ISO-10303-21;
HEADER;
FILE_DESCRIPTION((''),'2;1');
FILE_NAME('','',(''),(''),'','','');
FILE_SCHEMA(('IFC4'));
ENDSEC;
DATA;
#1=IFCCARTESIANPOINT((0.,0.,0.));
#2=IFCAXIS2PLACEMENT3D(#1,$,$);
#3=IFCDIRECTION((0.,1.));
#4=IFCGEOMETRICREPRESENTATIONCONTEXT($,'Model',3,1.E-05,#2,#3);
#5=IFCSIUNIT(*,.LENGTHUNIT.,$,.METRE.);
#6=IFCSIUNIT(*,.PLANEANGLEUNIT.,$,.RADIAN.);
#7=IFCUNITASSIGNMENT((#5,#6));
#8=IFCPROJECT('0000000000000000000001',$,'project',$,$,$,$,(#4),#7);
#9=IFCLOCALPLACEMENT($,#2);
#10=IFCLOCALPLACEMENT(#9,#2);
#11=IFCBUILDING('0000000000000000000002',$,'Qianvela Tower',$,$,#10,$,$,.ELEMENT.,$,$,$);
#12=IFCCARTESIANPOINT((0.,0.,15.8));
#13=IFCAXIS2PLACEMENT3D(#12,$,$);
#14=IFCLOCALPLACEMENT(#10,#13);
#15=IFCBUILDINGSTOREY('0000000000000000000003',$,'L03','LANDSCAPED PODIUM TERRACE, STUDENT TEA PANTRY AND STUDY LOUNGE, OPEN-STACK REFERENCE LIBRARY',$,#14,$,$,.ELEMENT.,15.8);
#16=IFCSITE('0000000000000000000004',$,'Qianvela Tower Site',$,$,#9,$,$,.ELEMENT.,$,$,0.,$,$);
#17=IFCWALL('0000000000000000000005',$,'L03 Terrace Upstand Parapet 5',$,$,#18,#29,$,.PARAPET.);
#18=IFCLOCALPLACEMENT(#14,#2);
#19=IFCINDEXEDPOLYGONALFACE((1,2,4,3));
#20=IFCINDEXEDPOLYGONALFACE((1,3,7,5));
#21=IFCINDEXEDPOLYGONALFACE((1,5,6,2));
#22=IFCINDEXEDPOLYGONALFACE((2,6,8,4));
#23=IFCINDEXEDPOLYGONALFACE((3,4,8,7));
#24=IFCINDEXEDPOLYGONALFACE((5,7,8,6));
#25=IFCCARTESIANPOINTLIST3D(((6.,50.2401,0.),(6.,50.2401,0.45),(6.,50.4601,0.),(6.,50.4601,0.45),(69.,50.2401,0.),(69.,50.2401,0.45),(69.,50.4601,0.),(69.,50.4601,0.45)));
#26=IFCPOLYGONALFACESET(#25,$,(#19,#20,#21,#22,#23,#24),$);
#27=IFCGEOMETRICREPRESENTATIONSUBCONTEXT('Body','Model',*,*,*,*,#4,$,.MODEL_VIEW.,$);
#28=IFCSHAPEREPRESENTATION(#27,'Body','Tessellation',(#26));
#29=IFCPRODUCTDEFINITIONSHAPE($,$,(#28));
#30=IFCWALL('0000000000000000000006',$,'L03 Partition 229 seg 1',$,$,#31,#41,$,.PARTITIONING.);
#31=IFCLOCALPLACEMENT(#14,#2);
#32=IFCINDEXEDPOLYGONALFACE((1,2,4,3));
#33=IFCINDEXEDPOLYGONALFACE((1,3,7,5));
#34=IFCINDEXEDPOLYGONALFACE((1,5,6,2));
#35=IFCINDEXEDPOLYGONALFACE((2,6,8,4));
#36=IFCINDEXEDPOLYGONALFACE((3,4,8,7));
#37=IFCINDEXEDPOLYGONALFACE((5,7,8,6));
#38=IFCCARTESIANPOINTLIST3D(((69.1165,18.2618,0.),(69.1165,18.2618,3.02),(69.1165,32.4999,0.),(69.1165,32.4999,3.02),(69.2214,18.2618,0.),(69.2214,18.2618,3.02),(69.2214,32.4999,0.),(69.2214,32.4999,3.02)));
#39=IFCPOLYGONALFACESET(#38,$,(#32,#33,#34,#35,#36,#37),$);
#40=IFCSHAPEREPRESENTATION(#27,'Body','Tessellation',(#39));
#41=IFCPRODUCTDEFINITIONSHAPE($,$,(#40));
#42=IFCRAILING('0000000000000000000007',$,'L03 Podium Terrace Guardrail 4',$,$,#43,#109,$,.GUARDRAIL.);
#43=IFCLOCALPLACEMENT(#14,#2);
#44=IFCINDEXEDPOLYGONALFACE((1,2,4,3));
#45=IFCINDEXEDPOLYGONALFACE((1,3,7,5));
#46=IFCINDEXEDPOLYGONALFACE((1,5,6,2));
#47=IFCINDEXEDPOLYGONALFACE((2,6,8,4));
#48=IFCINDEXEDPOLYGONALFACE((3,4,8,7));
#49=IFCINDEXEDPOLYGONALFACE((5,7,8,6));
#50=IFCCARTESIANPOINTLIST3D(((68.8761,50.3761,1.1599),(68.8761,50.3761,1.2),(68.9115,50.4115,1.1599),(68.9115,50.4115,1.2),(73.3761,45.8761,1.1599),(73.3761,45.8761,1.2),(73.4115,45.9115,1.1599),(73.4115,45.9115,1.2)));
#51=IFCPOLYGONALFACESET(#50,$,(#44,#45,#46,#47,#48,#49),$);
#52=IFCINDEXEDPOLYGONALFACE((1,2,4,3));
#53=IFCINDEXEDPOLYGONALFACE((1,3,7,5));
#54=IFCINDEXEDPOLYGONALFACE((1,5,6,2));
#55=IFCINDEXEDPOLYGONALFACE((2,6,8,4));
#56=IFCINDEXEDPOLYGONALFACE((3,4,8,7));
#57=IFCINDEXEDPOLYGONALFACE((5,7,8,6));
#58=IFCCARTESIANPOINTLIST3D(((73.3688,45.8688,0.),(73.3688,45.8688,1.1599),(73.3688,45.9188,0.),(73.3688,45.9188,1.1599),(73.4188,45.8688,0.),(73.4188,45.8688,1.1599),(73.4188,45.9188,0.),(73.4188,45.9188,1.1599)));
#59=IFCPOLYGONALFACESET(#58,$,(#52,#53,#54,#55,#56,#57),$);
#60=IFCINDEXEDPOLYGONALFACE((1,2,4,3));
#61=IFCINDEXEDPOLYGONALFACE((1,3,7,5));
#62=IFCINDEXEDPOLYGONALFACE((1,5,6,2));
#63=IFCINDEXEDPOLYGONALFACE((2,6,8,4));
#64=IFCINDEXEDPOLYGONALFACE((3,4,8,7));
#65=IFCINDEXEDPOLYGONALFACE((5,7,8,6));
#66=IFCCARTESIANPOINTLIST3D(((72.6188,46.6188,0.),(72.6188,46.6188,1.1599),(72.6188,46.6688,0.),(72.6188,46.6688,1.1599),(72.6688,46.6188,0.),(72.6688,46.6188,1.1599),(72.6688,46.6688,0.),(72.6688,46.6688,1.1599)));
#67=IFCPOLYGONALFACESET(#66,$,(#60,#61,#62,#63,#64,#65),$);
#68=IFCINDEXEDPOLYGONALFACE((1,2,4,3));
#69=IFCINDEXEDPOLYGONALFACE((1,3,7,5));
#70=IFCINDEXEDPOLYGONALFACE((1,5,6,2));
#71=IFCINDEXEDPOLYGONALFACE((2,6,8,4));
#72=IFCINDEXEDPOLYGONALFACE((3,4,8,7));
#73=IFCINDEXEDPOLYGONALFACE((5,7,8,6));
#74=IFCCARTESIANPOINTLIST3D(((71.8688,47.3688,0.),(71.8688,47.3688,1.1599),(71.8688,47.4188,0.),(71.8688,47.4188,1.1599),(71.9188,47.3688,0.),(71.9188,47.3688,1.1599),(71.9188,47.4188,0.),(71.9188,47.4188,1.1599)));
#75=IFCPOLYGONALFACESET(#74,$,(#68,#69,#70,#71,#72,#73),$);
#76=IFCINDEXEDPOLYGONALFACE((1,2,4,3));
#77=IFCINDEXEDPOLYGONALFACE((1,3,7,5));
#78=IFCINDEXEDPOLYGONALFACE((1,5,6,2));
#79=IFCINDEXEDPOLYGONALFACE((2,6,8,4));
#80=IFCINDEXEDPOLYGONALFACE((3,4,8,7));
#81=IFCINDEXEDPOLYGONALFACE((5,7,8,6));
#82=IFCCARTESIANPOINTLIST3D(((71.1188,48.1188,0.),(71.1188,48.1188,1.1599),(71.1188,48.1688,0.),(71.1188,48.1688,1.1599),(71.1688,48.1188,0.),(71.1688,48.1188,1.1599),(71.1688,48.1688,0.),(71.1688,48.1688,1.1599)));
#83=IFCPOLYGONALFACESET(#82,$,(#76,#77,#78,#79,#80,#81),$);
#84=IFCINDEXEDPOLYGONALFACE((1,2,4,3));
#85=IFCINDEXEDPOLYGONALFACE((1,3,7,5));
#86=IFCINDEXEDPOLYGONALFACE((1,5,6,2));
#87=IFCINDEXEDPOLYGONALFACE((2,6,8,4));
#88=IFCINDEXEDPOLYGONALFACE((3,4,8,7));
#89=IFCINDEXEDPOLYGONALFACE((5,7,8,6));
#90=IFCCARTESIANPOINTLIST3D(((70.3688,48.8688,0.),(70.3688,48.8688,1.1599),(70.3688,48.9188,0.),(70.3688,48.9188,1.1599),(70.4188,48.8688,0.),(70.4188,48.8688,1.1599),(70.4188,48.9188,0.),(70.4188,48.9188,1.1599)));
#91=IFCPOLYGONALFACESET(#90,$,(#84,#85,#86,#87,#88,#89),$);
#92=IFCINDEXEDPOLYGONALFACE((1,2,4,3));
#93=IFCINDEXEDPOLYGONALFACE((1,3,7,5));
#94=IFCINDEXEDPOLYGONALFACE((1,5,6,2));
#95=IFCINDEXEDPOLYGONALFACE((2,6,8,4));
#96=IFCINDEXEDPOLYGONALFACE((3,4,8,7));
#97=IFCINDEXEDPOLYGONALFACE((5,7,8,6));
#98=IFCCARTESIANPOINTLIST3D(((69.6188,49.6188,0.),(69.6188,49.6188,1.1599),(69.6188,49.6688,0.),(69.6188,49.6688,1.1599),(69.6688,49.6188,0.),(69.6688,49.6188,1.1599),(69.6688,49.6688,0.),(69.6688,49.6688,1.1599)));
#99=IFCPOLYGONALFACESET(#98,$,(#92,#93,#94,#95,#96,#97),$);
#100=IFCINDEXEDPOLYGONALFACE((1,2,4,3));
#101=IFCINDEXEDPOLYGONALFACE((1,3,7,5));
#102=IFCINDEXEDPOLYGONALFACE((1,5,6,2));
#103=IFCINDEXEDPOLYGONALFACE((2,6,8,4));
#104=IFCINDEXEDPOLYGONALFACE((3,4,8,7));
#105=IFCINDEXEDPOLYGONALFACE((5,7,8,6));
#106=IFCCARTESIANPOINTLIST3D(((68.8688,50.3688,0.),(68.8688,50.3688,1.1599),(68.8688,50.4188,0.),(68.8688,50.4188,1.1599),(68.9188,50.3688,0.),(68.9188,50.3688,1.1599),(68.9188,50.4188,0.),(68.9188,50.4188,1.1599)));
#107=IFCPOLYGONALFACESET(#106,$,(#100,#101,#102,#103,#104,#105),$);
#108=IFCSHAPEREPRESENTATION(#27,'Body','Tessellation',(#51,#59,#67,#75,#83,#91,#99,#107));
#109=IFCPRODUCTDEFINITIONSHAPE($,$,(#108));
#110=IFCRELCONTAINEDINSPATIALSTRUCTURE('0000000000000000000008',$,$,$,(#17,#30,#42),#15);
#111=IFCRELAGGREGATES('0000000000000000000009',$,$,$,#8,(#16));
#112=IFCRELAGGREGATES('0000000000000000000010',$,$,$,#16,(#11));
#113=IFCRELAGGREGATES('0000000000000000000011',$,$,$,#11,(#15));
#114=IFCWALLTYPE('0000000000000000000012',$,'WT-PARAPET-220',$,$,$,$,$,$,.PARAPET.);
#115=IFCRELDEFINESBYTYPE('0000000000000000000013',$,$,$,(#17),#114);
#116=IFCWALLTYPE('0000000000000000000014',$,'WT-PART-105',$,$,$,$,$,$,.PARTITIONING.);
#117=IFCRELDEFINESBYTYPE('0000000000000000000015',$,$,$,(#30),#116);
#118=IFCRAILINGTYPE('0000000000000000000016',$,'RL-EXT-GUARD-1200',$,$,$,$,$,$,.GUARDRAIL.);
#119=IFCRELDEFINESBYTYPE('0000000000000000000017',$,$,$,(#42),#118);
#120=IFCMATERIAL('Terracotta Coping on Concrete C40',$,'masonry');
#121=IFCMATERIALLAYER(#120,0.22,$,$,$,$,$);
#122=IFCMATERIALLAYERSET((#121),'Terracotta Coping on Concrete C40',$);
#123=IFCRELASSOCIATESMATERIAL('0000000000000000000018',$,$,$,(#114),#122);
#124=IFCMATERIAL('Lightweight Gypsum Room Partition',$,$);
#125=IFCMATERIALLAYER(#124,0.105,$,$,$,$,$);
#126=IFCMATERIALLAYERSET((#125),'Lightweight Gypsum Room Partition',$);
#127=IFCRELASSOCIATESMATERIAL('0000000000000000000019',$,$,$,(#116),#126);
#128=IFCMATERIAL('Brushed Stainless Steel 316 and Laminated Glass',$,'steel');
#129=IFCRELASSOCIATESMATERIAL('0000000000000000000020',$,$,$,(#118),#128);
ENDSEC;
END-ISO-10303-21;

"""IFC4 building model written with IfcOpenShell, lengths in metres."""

from ifc_helpers import new_model, si_unit, direction, frame, frame_2d, origin, origin_2d, place, context, subcontext, project, spatial, rectangle, extrude, material, layer, layer_set, type_object, element, save


model = new_model("IFC4")

# Units and contexts
model_context = context("Model", 3, precision=1e-05, world=origin(), true_north=direction((0.0, 1.0)))
body_context = subcontext(model_context, "Body", "Model", "MODEL_VIEW")
ifc_project = project(units=[si_unit("LENGTHUNIT", "METRE"), si_unit("PLANEANGLEUNIT", "RADIAN")], contexts=[model_context])

# Site, building, storey
site_placement = place(None, origin())
site = spatial("IfcSite", under=ifc_project, at=site_placement, Name="Qianvela Tower Site", CompositionType="ELEMENT", RefElevation=0.0)
building_placement = place(site_placement, origin())
building = spatial("IfcBuilding", under=site, at=building_placement, Name="Qianvela Tower", CompositionType="ELEMENT")
storey_placement = place(building_placement, frame((0.0, 0.0, 15.8)))
storey = spatial("IfcBuildingStorey", under=building, at=storey_placement, Name="L03", Description="LANDSCAPED PODIUM TERRACE, STUDENT TEA PANTRY AND STUDY LOUNGE, OPEN-STACK REFERENCE LIBRARY", CompositionType="ELEMENT", Elevation=15.8)

# Walls
ifc_material_1 = material(Name="Terracotta Coping on Concrete C40", Category="masonry")
ifc_layer_1 = layer(ifc_material_1, 0.22)
ifc_layer_set_1 = layer_set([ifc_layer_1], Name="Terracotta Coping on Concrete C40")
wall_type_1 = type_object("IfcWallType", Name="WT-PARAPET-220", PredefinedType="PARAPET", material=ifc_layer_set_1)
wall_1_placement = place(storey_placement, frame((69.0, 50.3501, 0.0), z_axis=(0.0, 0.0, 1.0), x_axis=(-1.0, 0.0, 0.0)))
element("IfcWall", 1, at=wall_1_placement, inside=storey, type_object=wall_type_1, Name="L03 Terrace Upstand Parapet 5", PredefinedType="PARAPET", context=body_context, shape_type="SweptSolid", body=[
    extrude(rectangle(XDim=63.0, YDim=0.22, at=frame_2d((31.5, 0.0))), origin(), (0.0, 0.0, 1.0), 0.45),
])
ifc_material_2 = material(Name="Lightweight Gypsum Room Partition")
ifc_layer_2 = layer(ifc_material_2, 0.105)
ifc_layer_set_2 = layer_set([ifc_layer_2], Name="Lightweight Gypsum Room Partition")
wall_type_2 = type_object("IfcWallType", Name="WT-PART-105", PredefinedType="PARTITIONING", material=ifc_layer_set_2)
wall_2_placement = place(storey_placement, frame((69.1689, 32.5, 0.0), z_axis=(0.0, 0.0, 1.0), x_axis=(0.0, -1.0, 0.0)))
element("IfcWall", 2, at=wall_2_placement, inside=storey, type_object=wall_type_2, Name="L03 Partition 229 seg 1", PredefinedType="PARTITIONING", context=body_context, shape_type="SweptSolid", body=[
    extrude(rectangle(XDim=14.238, YDim=0.105, at=frame_2d((7.1191, 0.0))), origin(), (0.0, 0.0, 1.0), 3.02),
])

# Railing
ifc_material_3 = material(Name="Brushed Stainless Steel 316 and Laminated Glass", Category="steel")
railing_type = type_object("IfcRailingType", Name="RL-EXT-GUARD-1200", PredefinedType="GUARDRAIL", material=ifc_material_3)
railing_1_placement = place(storey_placement, frame((73.3938, 45.8938, 0.0)))
element("IfcRailing", 3, at=railing_1_placement, inside=storey, type_object=railing_type, Name="L03 Podium Terrace Guardrail 4", PredefinedType="GUARDRAIL", context=body_context, shape_type="SweptSolid", body=[
    extrude(rectangle(XDim=0.05, YDim=0.04, at=origin_2d()), frame((0.0, 0.0, 1.1799), z_axis=(-0.707107, 0.707107, 0.0), x_axis=(-0.707107, -0.707107, 0.0)), (0.0, 0.0, 1.0), 6.364),
    extrude(rectangle(XDim=0.05, YDim=0.05, at=origin_2d()), origin(), (0.0, 0.0, 1.0), 1.1599),
    extrude(rectangle(XDim=0.05, YDim=0.05, at=origin_2d()), frame((-0.75, 0.75, 0.0)), (0.0, 0.0, 1.0), 1.1599),
    extrude(rectangle(XDim=0.05, YDim=0.05, at=origin_2d()), frame((-1.5, 1.5, 0.0)), (0.0, 0.0, 1.0), 1.1599),
    extrude(rectangle(XDim=0.05, YDim=0.05, at=origin_2d()), frame((-2.25, 2.25, 0.0)), (0.0, 0.0, 1.0), 1.1599),
    extrude(rectangle(XDim=0.05, YDim=0.05, at=origin_2d()), frame((-3.0, 3.0, 0.0)), (0.0, 0.0, 1.0), 1.1599),
    extrude(rectangle(XDim=0.05, YDim=0.05, at=origin_2d()), frame((-3.75, 3.75, 0.0)), (0.0, 0.0, 1.0), 1.1599),
    extrude(rectangle(XDim=0.05, YDim=0.05, at=origin_2d()), frame((-4.5, 4.5, 0.0)), (0.0, 0.0, 1.0), 1.1599),
])

save(model, "model.ifc")
